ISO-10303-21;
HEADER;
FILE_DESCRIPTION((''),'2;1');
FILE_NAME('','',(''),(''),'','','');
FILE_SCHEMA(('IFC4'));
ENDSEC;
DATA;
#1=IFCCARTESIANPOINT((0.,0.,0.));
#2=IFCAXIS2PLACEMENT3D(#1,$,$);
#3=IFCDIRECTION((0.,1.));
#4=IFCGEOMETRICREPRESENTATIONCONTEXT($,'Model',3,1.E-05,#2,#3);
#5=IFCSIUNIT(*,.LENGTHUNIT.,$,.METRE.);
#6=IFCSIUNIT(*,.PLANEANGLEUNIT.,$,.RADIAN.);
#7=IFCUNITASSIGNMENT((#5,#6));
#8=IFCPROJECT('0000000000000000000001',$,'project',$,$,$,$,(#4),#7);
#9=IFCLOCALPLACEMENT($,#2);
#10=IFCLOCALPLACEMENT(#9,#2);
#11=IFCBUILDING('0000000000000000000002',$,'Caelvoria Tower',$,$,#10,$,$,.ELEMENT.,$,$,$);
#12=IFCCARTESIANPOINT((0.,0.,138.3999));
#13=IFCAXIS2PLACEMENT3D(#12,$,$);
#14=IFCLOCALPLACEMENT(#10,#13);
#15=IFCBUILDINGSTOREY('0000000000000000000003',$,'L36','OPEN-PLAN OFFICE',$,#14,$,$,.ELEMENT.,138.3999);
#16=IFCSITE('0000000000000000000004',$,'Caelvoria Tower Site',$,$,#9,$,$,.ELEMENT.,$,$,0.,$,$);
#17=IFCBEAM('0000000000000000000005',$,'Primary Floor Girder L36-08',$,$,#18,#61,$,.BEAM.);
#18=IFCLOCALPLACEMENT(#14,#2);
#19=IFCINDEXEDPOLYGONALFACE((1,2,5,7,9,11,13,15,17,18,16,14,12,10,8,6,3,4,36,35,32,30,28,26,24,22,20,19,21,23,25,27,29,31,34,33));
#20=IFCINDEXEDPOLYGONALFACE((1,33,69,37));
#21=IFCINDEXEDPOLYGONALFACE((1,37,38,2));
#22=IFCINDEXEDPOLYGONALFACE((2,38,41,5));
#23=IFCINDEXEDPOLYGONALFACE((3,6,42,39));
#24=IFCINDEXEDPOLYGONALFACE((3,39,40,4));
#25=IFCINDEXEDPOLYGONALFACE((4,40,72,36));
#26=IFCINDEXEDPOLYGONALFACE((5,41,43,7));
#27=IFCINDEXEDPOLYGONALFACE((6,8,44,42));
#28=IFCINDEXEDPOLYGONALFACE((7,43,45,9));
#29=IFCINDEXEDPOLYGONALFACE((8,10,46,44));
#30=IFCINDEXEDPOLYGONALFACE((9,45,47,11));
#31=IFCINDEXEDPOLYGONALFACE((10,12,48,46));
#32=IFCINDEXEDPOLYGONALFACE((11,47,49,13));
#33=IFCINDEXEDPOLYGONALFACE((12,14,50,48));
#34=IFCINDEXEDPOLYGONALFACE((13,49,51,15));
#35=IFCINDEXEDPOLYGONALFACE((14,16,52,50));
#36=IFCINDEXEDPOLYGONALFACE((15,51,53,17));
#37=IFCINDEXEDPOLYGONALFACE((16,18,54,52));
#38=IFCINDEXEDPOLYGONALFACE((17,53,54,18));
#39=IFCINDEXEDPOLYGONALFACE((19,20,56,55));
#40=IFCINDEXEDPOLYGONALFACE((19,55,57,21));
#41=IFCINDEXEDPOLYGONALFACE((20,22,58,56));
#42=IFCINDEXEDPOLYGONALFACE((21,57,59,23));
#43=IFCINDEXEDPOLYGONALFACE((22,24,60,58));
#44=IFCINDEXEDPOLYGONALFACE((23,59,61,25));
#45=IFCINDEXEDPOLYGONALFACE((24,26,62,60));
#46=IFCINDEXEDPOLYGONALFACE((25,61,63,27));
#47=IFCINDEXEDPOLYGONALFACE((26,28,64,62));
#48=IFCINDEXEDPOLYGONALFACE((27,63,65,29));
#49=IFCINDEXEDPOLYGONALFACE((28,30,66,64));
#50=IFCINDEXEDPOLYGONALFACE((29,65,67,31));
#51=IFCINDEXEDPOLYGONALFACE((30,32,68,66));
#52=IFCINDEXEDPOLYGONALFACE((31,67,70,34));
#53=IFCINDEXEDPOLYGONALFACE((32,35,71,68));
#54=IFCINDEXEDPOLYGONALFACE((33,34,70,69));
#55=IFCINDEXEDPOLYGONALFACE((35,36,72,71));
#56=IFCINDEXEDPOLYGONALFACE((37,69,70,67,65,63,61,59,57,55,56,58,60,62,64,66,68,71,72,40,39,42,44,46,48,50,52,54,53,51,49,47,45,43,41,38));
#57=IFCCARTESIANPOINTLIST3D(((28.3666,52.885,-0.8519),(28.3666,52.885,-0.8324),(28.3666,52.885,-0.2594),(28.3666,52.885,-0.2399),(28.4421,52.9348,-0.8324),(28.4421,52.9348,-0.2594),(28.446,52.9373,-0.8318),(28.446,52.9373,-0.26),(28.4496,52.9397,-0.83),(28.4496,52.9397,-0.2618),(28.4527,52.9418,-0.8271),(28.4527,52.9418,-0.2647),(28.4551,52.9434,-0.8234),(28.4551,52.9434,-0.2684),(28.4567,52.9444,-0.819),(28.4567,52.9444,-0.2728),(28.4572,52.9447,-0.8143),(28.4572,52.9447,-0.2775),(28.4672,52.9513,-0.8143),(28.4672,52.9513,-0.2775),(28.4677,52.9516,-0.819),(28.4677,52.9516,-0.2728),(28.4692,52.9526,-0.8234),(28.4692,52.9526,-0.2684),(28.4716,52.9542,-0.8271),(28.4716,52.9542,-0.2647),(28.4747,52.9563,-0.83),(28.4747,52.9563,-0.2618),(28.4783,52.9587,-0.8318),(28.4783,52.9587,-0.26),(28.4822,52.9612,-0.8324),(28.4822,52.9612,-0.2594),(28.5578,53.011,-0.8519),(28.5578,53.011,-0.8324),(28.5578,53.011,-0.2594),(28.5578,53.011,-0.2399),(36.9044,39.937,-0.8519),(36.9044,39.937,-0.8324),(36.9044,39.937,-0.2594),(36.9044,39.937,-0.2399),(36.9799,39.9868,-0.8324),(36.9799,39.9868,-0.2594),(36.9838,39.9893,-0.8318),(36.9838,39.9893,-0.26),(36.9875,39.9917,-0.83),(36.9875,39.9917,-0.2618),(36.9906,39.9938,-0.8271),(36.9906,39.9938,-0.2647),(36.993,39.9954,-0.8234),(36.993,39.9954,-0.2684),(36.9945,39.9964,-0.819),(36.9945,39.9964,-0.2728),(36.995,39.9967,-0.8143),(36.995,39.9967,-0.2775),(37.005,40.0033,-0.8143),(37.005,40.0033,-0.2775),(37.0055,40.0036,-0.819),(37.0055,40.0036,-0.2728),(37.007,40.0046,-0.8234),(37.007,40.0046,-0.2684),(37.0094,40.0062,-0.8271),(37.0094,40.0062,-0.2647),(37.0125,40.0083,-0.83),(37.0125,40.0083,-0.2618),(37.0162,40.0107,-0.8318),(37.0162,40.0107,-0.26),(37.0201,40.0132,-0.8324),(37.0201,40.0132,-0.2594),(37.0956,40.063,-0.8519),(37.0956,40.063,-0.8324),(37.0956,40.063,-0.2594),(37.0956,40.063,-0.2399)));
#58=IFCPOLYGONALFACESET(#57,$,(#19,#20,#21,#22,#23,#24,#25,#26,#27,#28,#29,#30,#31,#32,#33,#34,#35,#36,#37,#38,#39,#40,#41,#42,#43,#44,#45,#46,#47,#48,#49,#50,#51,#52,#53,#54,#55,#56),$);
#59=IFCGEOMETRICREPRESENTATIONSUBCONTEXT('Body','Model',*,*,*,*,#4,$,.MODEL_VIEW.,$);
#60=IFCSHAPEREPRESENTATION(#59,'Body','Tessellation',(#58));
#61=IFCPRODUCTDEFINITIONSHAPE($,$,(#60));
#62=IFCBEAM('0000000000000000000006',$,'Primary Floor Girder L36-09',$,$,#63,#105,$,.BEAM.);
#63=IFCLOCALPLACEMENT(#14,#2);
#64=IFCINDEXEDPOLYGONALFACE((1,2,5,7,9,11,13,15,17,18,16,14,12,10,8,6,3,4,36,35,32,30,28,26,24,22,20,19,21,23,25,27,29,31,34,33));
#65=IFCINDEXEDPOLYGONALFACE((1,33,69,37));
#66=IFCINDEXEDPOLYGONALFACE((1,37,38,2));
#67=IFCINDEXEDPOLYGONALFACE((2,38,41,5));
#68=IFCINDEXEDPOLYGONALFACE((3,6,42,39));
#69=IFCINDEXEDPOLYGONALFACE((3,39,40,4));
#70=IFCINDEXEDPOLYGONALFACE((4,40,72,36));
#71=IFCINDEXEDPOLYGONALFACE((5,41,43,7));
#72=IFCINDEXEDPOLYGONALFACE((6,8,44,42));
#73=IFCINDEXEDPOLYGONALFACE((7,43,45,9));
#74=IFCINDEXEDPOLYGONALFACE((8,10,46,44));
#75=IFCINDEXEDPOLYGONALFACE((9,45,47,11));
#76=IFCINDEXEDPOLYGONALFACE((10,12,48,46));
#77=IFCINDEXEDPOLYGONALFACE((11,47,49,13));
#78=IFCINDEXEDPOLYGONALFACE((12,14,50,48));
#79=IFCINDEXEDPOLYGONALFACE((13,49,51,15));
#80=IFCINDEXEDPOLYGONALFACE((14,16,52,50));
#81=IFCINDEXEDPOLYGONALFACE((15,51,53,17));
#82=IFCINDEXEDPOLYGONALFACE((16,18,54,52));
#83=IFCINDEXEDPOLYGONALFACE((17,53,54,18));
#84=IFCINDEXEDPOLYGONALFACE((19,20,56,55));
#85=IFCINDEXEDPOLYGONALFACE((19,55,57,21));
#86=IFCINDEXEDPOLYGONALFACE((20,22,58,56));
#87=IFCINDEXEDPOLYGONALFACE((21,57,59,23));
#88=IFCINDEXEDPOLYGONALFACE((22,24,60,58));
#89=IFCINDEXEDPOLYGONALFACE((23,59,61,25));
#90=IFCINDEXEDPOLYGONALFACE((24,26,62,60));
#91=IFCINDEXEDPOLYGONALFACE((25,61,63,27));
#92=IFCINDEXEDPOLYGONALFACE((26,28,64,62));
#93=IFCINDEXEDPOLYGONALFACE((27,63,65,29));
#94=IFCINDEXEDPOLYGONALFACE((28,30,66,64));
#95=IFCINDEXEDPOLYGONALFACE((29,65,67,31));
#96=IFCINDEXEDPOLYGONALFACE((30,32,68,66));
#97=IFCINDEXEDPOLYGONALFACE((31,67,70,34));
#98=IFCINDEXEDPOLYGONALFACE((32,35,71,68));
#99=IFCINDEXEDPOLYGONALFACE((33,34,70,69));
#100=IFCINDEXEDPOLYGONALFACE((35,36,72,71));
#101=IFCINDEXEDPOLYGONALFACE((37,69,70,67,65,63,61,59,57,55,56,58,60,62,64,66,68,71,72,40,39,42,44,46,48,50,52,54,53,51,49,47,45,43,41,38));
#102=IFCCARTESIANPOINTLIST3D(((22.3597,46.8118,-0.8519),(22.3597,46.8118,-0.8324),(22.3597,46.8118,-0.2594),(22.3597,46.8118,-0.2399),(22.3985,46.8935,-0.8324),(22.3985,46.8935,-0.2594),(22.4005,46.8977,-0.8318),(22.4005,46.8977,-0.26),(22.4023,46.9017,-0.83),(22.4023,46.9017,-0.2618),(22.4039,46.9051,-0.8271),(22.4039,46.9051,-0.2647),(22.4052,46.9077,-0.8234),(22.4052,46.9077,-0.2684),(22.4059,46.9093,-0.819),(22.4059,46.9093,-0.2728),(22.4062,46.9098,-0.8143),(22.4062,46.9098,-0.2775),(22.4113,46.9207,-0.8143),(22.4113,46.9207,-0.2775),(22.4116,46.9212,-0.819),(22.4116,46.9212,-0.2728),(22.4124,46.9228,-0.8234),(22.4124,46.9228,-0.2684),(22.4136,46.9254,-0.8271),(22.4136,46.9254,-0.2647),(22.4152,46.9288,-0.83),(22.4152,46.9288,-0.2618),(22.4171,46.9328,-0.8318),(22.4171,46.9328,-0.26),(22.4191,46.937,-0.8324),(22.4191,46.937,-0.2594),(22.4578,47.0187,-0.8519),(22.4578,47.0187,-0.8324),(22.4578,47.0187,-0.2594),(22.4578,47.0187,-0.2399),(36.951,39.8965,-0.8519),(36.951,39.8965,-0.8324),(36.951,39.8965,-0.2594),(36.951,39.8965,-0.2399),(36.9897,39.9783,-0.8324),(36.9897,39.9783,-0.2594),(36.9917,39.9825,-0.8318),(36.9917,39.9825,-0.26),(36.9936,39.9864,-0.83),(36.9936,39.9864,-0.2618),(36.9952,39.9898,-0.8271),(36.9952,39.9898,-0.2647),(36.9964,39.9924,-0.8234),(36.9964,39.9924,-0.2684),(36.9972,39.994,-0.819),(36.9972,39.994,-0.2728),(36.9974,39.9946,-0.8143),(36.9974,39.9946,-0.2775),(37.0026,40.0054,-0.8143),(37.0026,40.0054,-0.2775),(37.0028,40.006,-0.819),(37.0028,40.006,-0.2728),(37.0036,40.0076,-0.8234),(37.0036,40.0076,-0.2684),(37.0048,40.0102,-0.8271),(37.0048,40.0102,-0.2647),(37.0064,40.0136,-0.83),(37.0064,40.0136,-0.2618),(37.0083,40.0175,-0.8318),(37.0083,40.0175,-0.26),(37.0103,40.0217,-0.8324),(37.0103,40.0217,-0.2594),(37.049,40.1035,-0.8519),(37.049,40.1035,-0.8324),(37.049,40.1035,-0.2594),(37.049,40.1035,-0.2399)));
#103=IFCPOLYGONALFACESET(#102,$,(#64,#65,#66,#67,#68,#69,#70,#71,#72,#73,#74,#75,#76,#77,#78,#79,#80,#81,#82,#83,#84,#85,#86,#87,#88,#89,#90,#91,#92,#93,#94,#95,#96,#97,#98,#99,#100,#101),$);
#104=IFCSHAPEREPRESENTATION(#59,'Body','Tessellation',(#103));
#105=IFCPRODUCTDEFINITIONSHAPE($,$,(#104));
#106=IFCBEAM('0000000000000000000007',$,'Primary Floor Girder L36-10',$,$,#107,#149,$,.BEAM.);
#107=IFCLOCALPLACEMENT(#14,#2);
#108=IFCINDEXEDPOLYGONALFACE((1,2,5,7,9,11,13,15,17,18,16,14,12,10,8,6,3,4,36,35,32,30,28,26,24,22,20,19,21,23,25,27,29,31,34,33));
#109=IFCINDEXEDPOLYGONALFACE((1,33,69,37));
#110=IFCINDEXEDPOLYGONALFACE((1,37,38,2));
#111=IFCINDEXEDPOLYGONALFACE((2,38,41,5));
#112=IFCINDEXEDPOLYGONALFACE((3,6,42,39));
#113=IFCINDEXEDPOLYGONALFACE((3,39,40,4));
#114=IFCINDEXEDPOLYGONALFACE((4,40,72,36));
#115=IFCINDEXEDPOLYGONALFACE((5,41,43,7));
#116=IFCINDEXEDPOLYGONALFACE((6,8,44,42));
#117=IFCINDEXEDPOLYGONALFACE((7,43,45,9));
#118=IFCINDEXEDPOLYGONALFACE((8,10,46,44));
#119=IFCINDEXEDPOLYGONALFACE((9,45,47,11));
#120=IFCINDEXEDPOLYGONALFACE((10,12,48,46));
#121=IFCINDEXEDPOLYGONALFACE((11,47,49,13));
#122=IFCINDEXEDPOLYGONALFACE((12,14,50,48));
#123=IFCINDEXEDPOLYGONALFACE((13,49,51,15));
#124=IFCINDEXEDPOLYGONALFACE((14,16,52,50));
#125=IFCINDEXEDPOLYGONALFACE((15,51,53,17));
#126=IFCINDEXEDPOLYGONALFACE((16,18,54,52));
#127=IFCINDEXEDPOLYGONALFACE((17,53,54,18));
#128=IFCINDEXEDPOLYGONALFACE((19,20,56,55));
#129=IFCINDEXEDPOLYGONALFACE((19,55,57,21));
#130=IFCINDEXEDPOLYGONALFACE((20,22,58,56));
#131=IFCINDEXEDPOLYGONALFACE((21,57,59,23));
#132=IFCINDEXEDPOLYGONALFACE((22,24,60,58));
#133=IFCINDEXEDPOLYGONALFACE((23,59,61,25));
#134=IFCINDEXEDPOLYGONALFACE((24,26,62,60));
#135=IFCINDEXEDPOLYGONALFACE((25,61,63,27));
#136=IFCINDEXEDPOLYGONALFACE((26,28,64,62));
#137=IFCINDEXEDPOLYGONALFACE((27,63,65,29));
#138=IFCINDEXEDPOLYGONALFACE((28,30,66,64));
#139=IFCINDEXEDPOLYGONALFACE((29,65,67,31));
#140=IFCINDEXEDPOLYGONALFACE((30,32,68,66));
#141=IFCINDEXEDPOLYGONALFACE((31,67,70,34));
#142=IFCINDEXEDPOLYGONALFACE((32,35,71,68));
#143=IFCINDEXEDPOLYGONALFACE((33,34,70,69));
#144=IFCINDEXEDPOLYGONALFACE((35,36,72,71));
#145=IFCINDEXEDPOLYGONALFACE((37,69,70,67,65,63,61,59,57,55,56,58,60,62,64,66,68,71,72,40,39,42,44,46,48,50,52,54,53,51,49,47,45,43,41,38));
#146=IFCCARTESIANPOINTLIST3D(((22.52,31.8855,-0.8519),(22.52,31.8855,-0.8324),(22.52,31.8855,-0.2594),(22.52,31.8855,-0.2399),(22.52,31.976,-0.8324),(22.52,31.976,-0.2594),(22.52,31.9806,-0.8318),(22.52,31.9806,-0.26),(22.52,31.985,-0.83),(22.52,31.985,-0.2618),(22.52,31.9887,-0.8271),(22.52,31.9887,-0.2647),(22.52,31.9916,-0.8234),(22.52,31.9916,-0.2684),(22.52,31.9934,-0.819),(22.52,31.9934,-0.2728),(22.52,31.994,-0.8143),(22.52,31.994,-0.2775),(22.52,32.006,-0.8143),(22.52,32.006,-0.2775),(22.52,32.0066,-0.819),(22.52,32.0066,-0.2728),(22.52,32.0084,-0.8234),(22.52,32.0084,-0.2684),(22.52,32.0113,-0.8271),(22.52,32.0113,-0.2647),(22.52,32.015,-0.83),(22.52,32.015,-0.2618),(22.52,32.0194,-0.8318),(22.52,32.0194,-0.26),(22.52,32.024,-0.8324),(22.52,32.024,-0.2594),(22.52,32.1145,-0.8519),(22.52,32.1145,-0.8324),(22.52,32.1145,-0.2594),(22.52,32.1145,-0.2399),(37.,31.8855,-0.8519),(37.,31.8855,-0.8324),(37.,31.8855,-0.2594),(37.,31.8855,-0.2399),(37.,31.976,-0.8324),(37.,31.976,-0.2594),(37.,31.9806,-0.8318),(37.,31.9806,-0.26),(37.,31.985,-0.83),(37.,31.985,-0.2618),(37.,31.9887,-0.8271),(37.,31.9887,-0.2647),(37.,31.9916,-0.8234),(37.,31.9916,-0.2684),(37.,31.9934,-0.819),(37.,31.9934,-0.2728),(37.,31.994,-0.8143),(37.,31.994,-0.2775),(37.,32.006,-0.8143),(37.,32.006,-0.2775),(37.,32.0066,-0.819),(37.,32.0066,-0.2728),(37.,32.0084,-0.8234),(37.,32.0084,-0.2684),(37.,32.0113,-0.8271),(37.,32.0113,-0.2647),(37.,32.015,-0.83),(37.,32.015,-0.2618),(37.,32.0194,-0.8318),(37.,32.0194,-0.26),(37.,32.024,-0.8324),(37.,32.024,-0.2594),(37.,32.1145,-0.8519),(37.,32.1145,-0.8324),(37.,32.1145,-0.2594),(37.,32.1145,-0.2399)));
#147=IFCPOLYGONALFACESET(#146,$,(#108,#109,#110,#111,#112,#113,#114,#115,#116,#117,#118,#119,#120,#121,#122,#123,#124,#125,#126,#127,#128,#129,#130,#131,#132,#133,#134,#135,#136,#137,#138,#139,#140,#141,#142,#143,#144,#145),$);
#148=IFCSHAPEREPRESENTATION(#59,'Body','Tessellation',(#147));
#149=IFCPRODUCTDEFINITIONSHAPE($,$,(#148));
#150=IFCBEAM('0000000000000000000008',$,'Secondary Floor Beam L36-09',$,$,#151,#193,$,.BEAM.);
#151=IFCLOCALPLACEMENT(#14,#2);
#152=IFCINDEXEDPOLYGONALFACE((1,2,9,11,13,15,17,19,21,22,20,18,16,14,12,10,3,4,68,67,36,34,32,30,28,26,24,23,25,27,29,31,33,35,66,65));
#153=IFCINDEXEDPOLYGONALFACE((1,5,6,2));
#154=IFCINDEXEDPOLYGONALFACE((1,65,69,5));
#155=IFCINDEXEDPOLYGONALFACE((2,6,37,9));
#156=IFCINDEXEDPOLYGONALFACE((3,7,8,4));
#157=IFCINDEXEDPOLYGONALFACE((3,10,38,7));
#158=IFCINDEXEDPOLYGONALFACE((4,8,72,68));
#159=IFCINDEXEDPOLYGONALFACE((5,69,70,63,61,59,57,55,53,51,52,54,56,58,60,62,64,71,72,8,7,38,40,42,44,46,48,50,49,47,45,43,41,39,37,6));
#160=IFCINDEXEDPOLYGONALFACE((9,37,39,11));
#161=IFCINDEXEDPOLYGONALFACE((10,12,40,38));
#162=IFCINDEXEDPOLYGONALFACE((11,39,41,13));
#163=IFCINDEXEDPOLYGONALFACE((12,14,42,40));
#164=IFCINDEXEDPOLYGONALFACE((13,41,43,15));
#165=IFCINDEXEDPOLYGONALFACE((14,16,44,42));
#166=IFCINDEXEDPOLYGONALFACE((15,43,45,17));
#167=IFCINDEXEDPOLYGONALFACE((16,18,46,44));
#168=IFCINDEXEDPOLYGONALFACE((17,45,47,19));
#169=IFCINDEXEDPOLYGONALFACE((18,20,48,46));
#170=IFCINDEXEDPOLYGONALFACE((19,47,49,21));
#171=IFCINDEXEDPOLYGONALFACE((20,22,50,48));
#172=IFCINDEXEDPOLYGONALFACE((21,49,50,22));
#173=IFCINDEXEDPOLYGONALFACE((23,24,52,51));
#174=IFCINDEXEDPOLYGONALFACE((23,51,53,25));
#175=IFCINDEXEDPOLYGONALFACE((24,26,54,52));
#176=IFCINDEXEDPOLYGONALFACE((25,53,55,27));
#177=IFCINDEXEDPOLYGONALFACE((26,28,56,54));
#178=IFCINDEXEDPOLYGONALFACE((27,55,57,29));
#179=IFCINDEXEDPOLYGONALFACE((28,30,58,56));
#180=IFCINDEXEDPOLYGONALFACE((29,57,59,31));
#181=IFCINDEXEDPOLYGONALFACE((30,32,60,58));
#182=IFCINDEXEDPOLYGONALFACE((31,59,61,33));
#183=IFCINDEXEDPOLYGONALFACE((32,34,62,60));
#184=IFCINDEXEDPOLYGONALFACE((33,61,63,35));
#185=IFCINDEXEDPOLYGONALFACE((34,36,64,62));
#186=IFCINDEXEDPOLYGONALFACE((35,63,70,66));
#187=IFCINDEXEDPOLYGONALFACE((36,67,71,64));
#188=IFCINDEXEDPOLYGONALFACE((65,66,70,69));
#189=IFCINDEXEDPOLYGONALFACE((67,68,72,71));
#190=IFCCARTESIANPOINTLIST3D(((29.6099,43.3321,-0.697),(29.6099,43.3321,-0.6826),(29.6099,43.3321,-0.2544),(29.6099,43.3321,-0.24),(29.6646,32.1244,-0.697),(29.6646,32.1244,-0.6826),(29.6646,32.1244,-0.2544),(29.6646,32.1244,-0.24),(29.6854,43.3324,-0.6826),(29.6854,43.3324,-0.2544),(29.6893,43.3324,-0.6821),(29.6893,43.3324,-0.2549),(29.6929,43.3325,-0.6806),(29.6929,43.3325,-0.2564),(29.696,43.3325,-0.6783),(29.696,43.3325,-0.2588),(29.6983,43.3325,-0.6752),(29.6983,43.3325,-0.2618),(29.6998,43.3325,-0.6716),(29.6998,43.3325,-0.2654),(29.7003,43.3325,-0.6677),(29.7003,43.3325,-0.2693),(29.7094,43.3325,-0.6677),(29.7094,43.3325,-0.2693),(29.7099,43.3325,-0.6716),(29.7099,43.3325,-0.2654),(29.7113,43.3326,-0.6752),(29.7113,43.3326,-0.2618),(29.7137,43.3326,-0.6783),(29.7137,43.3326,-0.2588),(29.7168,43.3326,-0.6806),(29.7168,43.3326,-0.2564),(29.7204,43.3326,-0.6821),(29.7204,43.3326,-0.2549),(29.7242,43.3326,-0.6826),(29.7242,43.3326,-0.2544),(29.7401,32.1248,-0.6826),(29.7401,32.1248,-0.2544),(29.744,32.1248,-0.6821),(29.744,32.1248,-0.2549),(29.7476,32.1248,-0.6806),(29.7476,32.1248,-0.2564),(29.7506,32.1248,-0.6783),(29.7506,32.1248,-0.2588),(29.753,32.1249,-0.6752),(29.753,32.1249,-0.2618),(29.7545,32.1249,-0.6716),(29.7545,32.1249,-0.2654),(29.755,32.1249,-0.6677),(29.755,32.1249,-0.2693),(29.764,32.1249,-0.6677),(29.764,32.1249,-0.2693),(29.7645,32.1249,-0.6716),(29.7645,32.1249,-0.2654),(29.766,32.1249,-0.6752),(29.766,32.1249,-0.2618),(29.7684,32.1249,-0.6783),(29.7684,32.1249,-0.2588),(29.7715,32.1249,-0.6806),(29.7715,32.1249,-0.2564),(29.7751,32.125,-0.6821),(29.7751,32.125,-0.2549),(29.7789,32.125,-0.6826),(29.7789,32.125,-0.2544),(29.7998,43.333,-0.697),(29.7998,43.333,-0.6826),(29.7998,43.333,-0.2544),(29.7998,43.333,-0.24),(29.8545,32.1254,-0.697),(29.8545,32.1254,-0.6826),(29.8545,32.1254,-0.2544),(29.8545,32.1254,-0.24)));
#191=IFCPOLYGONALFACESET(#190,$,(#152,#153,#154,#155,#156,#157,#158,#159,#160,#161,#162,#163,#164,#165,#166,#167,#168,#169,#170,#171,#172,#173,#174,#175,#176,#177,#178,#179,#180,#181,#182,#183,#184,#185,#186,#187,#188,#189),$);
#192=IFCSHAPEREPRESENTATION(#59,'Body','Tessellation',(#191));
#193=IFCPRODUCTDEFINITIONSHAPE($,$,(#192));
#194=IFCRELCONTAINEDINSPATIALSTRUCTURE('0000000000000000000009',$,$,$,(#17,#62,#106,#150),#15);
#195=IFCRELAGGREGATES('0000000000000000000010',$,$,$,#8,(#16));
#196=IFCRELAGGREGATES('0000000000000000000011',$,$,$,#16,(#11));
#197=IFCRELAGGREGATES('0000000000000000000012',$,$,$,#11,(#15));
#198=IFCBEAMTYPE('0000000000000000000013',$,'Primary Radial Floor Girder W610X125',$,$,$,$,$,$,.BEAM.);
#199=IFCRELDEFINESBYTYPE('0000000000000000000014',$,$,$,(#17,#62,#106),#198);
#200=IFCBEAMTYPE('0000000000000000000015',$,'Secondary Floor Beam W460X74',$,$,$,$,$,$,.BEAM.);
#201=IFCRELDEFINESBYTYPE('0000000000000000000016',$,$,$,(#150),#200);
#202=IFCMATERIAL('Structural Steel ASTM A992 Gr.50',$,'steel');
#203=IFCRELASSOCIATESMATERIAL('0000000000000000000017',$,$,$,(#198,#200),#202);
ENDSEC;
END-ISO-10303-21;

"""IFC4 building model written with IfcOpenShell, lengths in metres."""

from ifc_helpers import new_model, si_unit, direction, frame, origin, origin_2d, place, context, subcontext, project, spatial, i_section, extrude, material, material_profile, profile_set, type_object, element, save


model = new_model("IFC4")

# Units and contexts
model_context = context("Model", 3, precision=1e-05, world=origin(), true_north=direction((0.0, 1.0)))
body_context = subcontext(model_context, "Body", "Model", "MODEL_VIEW")
ifc_project = project(units=[si_unit("LENGTHUNIT", "METRE"), si_unit("PLANEANGLEUNIT", "RADIAN")], contexts=[model_context])

# Site, building, storey
site_placement = place(None, origin())
site = spatial("IfcSite", under=ifc_project, at=site_placement, Name="Caelvoria Tower Site", CompositionType="ELEMENT", RefElevation=0.0)
building_placement = place(site_placement, origin())
building = spatial("IfcBuilding", under=site, at=building_placement, Name="Caelvoria Tower", CompositionType="ELEMENT")
storey_placement = place(building_placement, frame((0.0, 0.0, 138.3999)))
storey = spatial("IfcBuildingStorey", under=building, at=storey_placement, Name="L36", Description="OPEN-PLAN OFFICE", CompositionType="ELEMENT", Elevation=138.3999)

# Shared definitions
ifc_material_1 = material(Name="Structural Steel ASTM A992 Gr.50", Category="steel")

# Beams
ifc_material_profile_1 = material_profile(ifc_material_1, i_section(OverallWidth=0.229, OverallDepth=0.6121, WebThickness=0.012, FlangeThickness=0.0195, FilletRadius=0.0181, at=origin_2d()), Name="Structural Steel ASTM A992 Gr.50")
ifc_profile_set_1 = profile_set([ifc_material_profile_1], Name="W610X125 - Structural Steel ASTM A992 Gr.50")
beam_type_1 = type_object("IfcBeamType", Name="Primary Radial Floor Girder W610X125", PredefinedType="BEAM", material=ifc_profile_set_1)
beam_1_placement = place(storey_placement, frame((37.0, 40.0, -0.5459), z_axis=(-0.55049, 0.834842, 0.0), x_axis=(-0.834842, -0.55049, 0.0)))
element("IfcBeam", 1, at=beam_1_placement, inside=storey, type_object=beam_type_1, Name="Primary Floor Girder L36-08", PredefinedType="BEAM", context=body_context, shape_type="SweptSolid", body=[
    extrude(i_section(OverallWidth=0.229, OverallDepth=0.6121, WebThickness=0.012, FlangeThickness=0.0195, FilletRadius=0.0181, at=origin_2d()), origin(), (0.0, 0.0, 1.0), 15.5095),
])
beam_2_placement = place(storey_placement, frame((37.0, 40.0, -0.5459), z_axis=(-0.903651, 0.428269, 0.0), x_axis=(-0.428269, -0.903651, 0.0)))
element("IfcBeam", 2, at=beam_2_placement, inside=storey, type_object=beam_type_1, Name="Primary Floor Girder L36-09", PredefinedType="BEAM", context=body_context, shape_type="SweptSolid", body=[
    extrude(i_section(OverallWidth=0.229, OverallDepth=0.6121, WebThickness=0.012, FlangeThickness=0.0195, FilletRadius=0.0181, at=origin_2d()), origin(), (0.0, 0.0, 1.0), 16.147),
])
beam_3_placement = place(storey_placement, frame((37.0, 32.0, -0.5459), z_axis=(-1.0, 0.0, 0.0), x_axis=(0.0, -1.0, 0.0)))
element("IfcBeam", 3, at=beam_3_placement, inside=storey, type_object=beam_type_1, Name="Primary Floor Girder L36-10", PredefinedType="BEAM", context=body_context, shape_type="SweptSolid", body=[
    extrude(i_section(OverallWidth=0.229, OverallDepth=0.6121, WebThickness=0.012, FlangeThickness=0.0195, FilletRadius=0.0181, at=origin_2d()), origin(), (0.0, 0.0, 1.0), 14.48),
])
ifc_material_profile_2 = material_profile(ifc_material_1, i_section(OverallWidth=0.1899, OverallDepth=0.457, WebThickness=0.009, FlangeThickness=0.0144, FilletRadius=0.0149, at=origin_2d()), Name="Structural Steel ASTM A992 Gr.50")
ifc_profile_set_2 = profile_set([ifc_material_profile_2], Name="W460X74 - Structural Steel ASTM A992 Gr.50")
beam_type_2 = type_object("IfcBeamType", Name="Secondary Floor Beam W460X74", PredefinedType="BEAM", material=ifc_profile_set_2)
for number, where, z_axis, x_axis, name in (
    (4, (29.7048, 43.3325, -0.4685), (0.004879, -0.999988, 0.0), (0.999988, 0.004879, 0.0), "Secondary Floor Beam L36-09"),
):
    element("IfcBeam", number, at=place(storey_placement, frame(where, z_axis=z_axis, x_axis=x_axis)), inside=storey, type_object=beam_type_2, Name=name, PredefinedType="BEAM", context=body_context, shape_type="SweptSolid", body=[
        extrude(i_section(OverallWidth=0.1899, OverallDepth=0.457, WebThickness=0.009, FlangeThickness=0.0144, FilletRadius=0.0149, at=origin_2d()), origin(), (0.0, 0.0, 1.0), 11.2078),
    ])

save(model, "model.ifc")
